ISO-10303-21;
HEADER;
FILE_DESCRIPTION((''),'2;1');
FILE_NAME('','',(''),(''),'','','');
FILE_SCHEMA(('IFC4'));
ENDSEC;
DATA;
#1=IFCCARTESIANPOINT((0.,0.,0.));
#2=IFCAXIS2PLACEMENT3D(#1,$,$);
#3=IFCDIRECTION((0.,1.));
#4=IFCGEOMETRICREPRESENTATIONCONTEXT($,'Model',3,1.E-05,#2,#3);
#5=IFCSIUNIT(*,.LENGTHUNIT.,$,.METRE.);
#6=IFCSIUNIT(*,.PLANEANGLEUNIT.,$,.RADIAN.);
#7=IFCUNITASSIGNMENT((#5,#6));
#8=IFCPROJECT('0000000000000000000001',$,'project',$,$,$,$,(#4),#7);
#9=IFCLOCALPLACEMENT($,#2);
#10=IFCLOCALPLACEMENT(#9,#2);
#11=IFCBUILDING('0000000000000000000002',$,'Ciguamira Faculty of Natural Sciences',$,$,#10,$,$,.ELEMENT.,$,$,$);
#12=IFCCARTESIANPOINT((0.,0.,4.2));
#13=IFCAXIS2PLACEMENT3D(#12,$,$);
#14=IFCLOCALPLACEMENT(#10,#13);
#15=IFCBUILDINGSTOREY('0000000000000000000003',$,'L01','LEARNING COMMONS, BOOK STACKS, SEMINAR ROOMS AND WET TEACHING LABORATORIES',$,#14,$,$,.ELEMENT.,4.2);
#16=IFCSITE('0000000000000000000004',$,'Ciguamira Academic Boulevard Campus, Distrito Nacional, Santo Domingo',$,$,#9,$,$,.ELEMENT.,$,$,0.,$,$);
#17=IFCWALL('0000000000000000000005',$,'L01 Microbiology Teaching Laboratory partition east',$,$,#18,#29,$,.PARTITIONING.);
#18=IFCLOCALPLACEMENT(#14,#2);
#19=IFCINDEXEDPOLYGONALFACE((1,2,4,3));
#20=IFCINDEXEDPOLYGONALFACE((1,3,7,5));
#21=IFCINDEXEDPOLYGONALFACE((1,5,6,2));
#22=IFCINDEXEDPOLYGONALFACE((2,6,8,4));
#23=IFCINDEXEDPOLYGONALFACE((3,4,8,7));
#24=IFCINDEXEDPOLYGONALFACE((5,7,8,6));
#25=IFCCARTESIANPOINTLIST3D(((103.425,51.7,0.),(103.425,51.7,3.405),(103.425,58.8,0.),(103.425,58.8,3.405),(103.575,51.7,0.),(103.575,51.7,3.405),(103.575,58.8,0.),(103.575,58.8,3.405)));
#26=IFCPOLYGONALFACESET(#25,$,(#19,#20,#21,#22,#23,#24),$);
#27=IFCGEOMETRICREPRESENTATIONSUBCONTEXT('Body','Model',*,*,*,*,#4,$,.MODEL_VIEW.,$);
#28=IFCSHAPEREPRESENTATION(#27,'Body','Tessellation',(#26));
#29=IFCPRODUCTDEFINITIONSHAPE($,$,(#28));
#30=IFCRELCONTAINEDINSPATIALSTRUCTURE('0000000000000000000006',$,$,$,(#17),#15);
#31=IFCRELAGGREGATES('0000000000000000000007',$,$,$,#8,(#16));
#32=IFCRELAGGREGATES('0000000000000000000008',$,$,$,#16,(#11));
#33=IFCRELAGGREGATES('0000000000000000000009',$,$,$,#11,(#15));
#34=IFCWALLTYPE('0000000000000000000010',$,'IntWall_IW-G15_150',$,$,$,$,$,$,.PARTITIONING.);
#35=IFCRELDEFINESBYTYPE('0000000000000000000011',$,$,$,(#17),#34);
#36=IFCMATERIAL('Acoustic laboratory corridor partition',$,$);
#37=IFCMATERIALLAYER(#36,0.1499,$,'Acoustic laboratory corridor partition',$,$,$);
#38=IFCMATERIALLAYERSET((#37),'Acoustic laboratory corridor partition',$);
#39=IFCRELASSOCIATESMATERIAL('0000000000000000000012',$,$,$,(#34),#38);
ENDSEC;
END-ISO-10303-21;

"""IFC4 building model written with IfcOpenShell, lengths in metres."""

from ifc_helpers import new_model, si_unit, direction, frame, frame_2d, origin, place, context, subcontext, project, spatial, rectangle, extrude, material, layer, layer_set, type_object, element, save


model = new_model("IFC4")

# Units and contexts
model_context = context("Model", 3, precision=1e-05, world=origin(), true_north=direction((0.0, 1.0)))
body_context = subcontext(model_context, "Body", "Model", "MODEL_VIEW")
ifc_project = project(units=[si_unit("LENGTHUNIT", "METRE"), si_unit("PLANEANGLEUNIT", "RADIAN")], contexts=[model_context])

# Site, building, storey
site_placement = place(None, origin())
site = spatial("IfcSite", under=ifc_project, at=site_placement, Name="Ciguamira Academic Boulevard Campus, Distrito Nacional, Santo Domingo", CompositionType="ELEMENT", RefElevation=0.0)
building_placement = place(site_placement, origin())
building = spatial("IfcBuilding", under=site, at=building_placement, Name="Ciguamira Faculty of Natural Sciences", CompositionType="ELEMENT")
storey_placement = place(building_placement, frame((0.0, 0.0, 4.2)))
storey = spatial("IfcBuildingStorey", under=building, at=storey_placement, Name="L01", Description="LEARNING COMMONS, BOOK STACKS, SEMINAR ROOMS AND WET TEACHING LABORATORIES", CompositionType="ELEMENT", Elevation=4.2)

# Wall
ifc_material_1 = material(Name="Acoustic laboratory corridor partition")
ifc_layer_1 = layer(ifc_material_1, 0.1499, Name="Acoustic laboratory corridor partition")
ifc_layer_set_1 = layer_set([ifc_layer_1], Name="Acoustic laboratory corridor partition")
wall_type_1 = type_object("IfcWallType", Name="IntWall_IW-G15_150", PredefinedType="PARTITIONING", material=ifc_layer_set_1)
wall_1_placement = place(storey_placement, frame((103.5, 51.7, 0.0), z_axis=(0.0, 0.0, 1.0), x_axis=(0.0, 1.0, 0.0)))
element("IfcWall", 1, at=wall_1_placement, inside=storey, type_object=wall_type_1, Name="L01 Microbiology Teaching Laboratory partition east", PredefinedType="PARTITIONING", context=body_context, shape_type="SweptSolid", body=[
    extrude(rectangle(XDim=7.1001, YDim=0.1499, at=frame_2d((3.55, 0.0))), origin(), (0.0, 0.0, 1.0), 3.405),
])

save(model, "model.ifc")
